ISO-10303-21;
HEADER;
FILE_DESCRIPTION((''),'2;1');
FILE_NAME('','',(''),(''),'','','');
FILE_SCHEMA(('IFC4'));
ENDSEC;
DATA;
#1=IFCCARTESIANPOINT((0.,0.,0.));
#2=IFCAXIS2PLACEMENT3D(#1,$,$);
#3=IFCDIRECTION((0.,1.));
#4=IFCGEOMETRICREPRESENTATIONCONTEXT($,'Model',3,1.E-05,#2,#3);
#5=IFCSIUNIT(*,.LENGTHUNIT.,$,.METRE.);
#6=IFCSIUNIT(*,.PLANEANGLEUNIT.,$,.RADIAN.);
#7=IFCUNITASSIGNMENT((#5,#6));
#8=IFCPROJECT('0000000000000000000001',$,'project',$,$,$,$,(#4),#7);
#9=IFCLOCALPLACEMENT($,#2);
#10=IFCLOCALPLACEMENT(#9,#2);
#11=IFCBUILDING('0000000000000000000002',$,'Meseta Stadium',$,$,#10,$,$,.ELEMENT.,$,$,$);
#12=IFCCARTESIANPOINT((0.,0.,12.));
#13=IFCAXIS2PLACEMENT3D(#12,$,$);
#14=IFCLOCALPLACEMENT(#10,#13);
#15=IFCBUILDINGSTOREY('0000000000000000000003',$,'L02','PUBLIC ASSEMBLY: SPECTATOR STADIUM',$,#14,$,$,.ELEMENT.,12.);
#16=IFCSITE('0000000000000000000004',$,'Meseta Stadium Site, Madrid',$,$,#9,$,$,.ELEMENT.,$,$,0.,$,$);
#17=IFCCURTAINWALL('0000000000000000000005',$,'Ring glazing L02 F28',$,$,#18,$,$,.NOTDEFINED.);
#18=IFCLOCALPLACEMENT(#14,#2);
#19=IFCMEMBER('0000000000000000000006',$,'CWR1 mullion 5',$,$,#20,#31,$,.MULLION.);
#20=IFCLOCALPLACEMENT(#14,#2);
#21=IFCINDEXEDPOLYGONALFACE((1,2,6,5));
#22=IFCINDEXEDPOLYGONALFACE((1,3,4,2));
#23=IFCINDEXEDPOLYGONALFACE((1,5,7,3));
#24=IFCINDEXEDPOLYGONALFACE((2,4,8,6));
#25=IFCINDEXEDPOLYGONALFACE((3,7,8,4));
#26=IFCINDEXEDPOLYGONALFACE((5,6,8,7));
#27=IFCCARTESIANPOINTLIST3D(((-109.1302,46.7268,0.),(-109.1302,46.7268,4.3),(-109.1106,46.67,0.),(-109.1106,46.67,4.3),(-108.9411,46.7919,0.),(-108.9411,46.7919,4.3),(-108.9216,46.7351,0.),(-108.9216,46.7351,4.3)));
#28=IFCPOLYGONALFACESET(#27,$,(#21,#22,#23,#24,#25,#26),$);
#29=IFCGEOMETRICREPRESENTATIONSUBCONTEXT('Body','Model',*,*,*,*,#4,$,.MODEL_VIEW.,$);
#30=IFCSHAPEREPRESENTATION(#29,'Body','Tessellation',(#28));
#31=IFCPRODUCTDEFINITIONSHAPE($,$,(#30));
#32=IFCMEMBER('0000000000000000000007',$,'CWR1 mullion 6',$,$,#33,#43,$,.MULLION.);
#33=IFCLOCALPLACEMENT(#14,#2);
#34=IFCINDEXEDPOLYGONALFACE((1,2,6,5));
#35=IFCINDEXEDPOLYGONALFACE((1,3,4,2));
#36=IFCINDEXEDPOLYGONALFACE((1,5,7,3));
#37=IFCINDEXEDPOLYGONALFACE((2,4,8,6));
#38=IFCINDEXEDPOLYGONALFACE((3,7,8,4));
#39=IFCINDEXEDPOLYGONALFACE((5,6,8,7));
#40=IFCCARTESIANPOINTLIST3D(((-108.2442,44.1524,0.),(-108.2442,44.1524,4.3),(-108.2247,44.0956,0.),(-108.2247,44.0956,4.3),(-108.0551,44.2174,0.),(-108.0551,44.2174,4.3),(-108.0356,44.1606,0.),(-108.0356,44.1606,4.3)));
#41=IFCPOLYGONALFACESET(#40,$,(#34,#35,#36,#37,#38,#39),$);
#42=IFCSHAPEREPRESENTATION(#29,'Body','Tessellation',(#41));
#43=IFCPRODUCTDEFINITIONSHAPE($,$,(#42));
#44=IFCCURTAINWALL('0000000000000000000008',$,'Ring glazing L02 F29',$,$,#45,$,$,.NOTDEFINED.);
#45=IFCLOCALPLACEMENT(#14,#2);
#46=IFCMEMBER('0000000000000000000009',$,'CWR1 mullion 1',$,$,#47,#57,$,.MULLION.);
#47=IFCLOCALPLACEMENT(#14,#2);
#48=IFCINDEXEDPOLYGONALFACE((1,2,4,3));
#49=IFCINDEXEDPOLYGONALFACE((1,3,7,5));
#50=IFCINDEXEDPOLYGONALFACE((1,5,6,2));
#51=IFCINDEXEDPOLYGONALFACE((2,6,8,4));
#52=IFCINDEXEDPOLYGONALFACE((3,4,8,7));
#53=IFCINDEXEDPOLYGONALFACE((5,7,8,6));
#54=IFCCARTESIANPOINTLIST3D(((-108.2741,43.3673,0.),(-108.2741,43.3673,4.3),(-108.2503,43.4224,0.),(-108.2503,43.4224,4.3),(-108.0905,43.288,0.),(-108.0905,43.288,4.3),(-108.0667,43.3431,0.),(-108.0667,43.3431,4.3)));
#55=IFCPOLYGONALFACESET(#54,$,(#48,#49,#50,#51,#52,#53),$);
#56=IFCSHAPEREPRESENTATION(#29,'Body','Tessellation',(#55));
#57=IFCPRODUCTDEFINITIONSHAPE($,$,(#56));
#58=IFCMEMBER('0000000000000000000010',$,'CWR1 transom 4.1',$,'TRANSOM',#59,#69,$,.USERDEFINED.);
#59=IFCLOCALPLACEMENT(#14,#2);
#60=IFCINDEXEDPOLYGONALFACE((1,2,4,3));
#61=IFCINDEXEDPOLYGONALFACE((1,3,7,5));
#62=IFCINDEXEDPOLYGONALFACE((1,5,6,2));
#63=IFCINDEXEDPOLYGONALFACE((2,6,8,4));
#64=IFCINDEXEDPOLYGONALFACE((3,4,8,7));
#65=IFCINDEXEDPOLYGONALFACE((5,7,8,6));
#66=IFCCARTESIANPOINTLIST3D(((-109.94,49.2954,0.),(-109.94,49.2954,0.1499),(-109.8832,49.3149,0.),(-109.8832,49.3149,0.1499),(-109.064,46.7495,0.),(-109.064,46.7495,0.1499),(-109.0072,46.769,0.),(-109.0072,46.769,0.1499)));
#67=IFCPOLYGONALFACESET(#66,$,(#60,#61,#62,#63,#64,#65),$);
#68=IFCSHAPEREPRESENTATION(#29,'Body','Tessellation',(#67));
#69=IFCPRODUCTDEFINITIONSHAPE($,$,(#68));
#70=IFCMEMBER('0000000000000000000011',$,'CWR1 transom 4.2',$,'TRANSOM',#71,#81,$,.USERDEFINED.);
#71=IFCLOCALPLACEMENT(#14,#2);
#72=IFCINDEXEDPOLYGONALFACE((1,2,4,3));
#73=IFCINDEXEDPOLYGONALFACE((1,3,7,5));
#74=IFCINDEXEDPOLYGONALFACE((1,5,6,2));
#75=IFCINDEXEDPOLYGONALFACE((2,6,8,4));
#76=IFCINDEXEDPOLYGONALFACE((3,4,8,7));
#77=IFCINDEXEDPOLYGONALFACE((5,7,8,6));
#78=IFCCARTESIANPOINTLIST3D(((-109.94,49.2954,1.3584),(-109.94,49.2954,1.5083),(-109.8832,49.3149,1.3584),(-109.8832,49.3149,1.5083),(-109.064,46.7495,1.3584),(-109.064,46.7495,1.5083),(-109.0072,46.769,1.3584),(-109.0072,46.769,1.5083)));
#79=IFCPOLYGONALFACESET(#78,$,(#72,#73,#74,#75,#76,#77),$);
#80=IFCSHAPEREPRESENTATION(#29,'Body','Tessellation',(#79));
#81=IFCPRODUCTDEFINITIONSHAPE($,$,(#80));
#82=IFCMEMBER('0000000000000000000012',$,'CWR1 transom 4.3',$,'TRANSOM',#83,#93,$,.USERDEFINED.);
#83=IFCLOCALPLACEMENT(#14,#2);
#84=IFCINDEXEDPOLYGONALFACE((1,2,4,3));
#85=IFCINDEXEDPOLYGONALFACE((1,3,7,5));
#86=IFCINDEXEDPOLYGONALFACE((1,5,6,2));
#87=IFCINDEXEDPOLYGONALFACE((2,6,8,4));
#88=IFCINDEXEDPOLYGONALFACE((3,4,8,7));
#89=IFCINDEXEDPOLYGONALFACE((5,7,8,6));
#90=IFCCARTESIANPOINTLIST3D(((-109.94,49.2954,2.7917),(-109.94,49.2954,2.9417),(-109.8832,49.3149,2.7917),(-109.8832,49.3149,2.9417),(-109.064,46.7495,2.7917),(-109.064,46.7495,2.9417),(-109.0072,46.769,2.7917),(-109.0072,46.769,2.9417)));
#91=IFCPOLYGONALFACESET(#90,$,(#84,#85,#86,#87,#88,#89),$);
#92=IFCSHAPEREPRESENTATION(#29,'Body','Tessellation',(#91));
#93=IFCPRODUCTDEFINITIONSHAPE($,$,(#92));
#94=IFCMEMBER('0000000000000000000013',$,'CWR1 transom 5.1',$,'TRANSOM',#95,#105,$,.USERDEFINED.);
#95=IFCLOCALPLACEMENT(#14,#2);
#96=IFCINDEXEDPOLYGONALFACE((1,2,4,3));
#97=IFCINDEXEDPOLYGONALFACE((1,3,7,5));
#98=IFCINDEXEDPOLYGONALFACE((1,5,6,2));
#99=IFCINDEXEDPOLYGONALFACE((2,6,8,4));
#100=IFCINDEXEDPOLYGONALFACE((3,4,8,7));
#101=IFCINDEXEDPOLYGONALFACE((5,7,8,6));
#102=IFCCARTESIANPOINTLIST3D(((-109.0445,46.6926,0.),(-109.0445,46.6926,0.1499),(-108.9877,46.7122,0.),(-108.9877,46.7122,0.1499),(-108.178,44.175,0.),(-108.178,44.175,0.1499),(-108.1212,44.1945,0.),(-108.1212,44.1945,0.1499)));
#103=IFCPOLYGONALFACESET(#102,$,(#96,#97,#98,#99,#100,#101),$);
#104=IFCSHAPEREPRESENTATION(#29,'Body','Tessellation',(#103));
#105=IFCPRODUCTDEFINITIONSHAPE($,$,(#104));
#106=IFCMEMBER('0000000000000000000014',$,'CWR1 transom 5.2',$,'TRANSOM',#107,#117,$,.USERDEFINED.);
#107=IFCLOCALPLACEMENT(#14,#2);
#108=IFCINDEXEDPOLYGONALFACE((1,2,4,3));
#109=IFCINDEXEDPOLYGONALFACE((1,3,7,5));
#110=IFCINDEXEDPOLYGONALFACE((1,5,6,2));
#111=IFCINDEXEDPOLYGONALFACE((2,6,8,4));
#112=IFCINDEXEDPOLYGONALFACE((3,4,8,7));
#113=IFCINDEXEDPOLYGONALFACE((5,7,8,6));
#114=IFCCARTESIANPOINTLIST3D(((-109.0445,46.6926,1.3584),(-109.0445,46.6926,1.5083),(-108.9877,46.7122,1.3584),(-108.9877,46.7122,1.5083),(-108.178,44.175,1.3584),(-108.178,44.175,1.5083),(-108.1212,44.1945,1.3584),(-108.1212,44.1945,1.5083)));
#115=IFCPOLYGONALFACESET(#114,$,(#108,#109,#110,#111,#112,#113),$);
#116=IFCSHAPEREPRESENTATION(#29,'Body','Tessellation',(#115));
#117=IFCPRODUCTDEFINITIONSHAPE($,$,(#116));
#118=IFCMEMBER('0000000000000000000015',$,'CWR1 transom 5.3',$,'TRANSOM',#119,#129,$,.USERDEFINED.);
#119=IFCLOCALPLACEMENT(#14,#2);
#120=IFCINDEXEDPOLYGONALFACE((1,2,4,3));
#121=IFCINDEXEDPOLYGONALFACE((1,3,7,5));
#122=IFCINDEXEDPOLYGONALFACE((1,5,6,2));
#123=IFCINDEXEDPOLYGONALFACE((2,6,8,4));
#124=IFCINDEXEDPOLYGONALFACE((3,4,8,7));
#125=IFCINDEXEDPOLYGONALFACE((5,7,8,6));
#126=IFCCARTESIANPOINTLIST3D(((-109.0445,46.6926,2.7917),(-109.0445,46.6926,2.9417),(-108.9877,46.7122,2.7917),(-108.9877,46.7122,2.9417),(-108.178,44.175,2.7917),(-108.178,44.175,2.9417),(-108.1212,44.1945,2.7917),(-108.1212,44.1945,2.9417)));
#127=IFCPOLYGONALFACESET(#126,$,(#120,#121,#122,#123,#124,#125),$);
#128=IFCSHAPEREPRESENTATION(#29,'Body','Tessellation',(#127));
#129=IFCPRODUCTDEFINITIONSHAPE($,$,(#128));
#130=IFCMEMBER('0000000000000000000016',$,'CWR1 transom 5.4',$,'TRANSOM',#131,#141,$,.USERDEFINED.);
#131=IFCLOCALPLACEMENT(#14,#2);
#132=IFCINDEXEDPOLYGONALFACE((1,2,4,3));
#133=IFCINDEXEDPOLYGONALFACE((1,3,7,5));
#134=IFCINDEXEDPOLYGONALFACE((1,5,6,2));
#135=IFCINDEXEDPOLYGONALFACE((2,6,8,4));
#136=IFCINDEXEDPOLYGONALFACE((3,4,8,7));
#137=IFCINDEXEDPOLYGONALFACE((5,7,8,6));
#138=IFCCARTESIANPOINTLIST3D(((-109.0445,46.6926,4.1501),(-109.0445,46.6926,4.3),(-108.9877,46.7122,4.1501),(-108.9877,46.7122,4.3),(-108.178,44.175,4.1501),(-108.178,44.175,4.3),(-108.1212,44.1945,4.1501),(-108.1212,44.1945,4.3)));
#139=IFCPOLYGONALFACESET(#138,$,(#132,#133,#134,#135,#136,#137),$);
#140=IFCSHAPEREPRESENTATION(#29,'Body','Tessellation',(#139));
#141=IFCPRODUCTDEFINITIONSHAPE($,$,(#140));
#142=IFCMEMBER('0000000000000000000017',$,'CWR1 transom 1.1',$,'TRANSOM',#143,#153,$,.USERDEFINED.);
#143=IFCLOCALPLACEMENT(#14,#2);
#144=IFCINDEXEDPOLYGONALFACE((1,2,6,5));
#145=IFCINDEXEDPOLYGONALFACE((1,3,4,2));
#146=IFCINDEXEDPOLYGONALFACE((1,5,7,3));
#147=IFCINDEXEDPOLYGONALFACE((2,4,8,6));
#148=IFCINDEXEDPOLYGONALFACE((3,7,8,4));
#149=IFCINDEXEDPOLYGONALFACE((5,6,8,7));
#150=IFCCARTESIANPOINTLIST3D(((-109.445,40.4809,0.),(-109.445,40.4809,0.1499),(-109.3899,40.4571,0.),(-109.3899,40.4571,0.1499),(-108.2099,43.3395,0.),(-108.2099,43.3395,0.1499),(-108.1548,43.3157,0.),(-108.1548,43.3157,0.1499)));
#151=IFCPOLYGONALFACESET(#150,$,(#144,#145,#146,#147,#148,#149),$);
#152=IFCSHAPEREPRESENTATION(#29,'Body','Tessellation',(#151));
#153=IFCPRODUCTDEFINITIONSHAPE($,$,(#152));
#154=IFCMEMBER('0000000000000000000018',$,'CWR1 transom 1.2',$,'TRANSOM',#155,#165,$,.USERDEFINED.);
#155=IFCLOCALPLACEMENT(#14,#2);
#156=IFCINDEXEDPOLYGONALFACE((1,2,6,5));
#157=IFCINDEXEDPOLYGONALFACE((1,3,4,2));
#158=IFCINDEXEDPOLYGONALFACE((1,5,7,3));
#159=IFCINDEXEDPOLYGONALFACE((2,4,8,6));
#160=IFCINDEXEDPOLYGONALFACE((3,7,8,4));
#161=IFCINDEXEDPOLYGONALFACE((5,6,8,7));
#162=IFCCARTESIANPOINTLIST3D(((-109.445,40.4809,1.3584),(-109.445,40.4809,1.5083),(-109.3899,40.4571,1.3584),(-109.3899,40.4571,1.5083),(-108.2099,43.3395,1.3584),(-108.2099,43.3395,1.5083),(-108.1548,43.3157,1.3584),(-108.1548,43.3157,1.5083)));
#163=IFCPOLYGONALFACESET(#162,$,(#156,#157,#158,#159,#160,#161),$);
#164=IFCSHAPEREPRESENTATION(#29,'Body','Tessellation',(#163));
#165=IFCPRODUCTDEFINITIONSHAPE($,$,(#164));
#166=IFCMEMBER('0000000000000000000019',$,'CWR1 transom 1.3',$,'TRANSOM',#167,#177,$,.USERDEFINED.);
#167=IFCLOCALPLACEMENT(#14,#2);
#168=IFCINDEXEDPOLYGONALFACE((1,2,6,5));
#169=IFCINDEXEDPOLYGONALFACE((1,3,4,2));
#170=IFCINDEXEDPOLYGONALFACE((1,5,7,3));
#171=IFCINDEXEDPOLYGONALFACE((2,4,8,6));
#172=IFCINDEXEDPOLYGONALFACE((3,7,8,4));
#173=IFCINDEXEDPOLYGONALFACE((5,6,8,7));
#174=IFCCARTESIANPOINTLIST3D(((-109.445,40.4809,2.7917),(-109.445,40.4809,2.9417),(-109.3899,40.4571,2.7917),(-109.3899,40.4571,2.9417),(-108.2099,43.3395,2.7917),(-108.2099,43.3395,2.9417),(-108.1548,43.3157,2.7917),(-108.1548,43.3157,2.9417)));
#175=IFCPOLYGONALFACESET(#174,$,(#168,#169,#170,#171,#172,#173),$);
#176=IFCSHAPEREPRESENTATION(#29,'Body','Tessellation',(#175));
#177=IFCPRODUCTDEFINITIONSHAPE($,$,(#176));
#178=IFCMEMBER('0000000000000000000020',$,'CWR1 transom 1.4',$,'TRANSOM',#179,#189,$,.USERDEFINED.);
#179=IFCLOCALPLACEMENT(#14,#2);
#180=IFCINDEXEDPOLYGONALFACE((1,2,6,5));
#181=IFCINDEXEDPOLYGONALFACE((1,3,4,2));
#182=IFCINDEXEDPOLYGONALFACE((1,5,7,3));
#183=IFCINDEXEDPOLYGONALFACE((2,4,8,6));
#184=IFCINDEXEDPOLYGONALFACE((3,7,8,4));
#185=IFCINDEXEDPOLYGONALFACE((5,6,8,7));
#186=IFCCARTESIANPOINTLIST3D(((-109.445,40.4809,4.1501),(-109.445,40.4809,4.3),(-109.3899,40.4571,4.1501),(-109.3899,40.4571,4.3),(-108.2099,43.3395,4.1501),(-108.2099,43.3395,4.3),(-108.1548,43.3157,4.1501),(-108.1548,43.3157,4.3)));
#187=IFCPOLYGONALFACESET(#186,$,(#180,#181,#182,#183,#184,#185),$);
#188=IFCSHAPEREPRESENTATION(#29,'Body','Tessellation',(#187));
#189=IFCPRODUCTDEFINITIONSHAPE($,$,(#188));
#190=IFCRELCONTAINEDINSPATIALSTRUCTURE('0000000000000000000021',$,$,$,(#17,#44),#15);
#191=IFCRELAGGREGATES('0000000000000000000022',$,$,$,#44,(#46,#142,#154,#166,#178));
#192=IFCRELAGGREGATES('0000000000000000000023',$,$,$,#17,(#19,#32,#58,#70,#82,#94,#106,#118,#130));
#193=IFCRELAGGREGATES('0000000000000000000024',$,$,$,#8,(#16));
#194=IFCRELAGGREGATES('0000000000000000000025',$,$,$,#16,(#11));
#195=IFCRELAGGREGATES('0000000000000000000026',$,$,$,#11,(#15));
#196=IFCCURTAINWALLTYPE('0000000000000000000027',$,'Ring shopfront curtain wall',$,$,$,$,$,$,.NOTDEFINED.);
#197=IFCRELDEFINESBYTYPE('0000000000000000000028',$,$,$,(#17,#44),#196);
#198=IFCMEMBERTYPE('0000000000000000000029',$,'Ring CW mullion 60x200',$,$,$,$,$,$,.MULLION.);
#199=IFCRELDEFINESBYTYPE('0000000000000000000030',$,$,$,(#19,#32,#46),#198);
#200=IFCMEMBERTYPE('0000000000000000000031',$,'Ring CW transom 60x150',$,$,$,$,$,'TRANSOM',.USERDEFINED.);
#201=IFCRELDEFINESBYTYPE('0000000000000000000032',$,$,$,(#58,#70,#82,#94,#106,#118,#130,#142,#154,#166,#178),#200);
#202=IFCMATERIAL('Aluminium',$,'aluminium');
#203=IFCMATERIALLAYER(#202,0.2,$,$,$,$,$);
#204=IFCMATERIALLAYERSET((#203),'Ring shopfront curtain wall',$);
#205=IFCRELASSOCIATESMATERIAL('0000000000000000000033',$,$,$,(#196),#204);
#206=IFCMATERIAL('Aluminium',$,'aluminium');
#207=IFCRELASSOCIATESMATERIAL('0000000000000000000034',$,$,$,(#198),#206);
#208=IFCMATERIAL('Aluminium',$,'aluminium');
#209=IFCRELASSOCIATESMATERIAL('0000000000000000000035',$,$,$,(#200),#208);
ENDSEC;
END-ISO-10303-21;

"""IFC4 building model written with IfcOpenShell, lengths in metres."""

from ifc_helpers import new_model, si_unit, direction, frame, origin, origin_2d, place, context, subcontext, project, spatial, rectangle, extrude, material, layer, layer_set, material_profile, profile_set, type_object, element, aggregate, save


model = new_model("IFC4")

# Units and contexts
model_context = context("Model", 3, precision=1e-05, world=origin(), true_north=direction((0.0, 1.0)))
body_context = subcontext(model_context, "Body", "Model", "MODEL_VIEW")
ifc_project = project(units=[si_unit("LENGTHUNIT", "METRE"), si_unit("PLANEANGLEUNIT", "RADIAN")], contexts=[model_context])

# Site, building, storey
site_placement = place(None, origin())
site = spatial("IfcSite", under=ifc_project, at=site_placement, Name="Meseta Stadium Site, Madrid", CompositionType="ELEMENT", RefElevation=0.0)
building_placement = place(site_placement, origin())
building = spatial("IfcBuilding", under=site, at=building_placement, Name="Meseta Stadium", CompositionType="ELEMENT")
storey_placement = place(building_placement, frame((0.0, 0.0, 12.0)))
storey = spatial("IfcBuildingStorey", under=building, at=storey_placement, Name="L02", Description="PUBLIC ASSEMBLY: SPECTATOR STADIUM", CompositionType="ELEMENT", Elevation=12.0)

# Curtain wall, members
ifc_material_1 = material(Name="Aluminium", Category="aluminium")
ifc_layer_1 = layer(ifc_material_1, 0.2)
ifc_layer_set_1 = layer_set([ifc_layer_1], Name="Ring shopfront curtain wall")
curtain_wall_type = type_object("IfcCurtainWallType", Name="Ring shopfront curtain wall", PredefinedType="NOTDEFINED", material=ifc_layer_set_1)
curtain_wall_1_placement = place(storey_placement, origin())
curtain_wall_1 = element("IfcCurtainWall", 1, at=curtain_wall_1_placement, inside=storey, type_object=curtain_wall_type, Name="Ring glazing L02 F28", PredefinedType="NOTDEFINED")
ifc_material_2 = material(Name="Aluminium", Category="aluminium")
ifc_material_profile_1 = material_profile(ifc_material_2, rectangle(XDim=0.2, YDim=0.0601, at=origin_2d()), Name="CW 200x60")
ifc_profile_set_1 = profile_set([ifc_material_profile_1], Name="Aluminium")
member_type_1 = type_object("IfcMemberType", Name="Ring CW mullion 60x200", PredefinedType="MULLION", material=ifc_profile_set_1)
member_1_placement = place(storey_placement, frame((-109.0259, 46.731, 0.0), z_axis=(0.0, 0.0, 1.0), x_axis=(0.945581, 0.325386, 0.0)))
member_1 = element("IfcMember", 2, at=member_1_placement, type_object=member_type_1, Name="CWR1 mullion 5", PredefinedType="MULLION", context=body_context, shape_type="SweptSolid", body=[
    extrude(rectangle(XDim=0.2, YDim=0.0601, at=origin_2d()), origin(), (0.0, 0.0, 1.0), 4.3),
])
member_2_placement = place(storey_placement, frame((-108.1399, 44.1565, 0.0), z_axis=(0.0, 0.0, 1.0), x_axis=(0.945581, 0.325386, 0.0)))
member_2 = element("IfcMember", 3, at=member_2_placement, type_object=member_type_1, Name="CWR1 mullion 6", PredefinedType="MULLION", context=body_context, shape_type="SweptSolid", body=[
    extrude(rectangle(XDim=0.2, YDim=0.0601, at=origin_2d()), origin(), (0.0, 0.0, 1.0), 4.3),
])

# Curtain wall, member
curtain_wall_2_placement = place(storey_placement, origin())
curtain_wall_2 = element("IfcCurtainWall", 4, at=curtain_wall_2_placement, inside=storey, type_object=curtain_wall_type, Name="Ring glazing L02 F29", PredefinedType="NOTDEFINED")
member_3_placement = place(storey_placement, frame((-108.1704, 43.3552, 0.0), z_axis=(0.0, 0.0, 1.0), x_axis=(0.918, -0.396581, 0.0)))
member_3 = element("IfcMember", 5, at=member_3_placement, type_object=member_type_1, Name="CWR1 mullion 1", PredefinedType="MULLION", context=body_context, shape_type="SweptSolid", body=[
    extrude(rectangle(XDim=0.2, YDim=0.0601, at=origin_2d()), origin(), (0.0, 0.0, 1.0), 4.3),
])

# Members
ifc_material_3 = material(Name="Aluminium", Category="aluminium")
ifc_material_profile_2 = material_profile(ifc_material_3, rectangle(XDim=0.0601, YDim=0.1499, at=origin_2d()), Name="CW 60x150")
ifc_profile_set_2 = profile_set([ifc_material_profile_2], Name="Aluminium")
member_type_2 = type_object("IfcMemberType", Name="Ring CW transom 60x150", ElementType="TRANSOM", PredefinedType="USERDEFINED", material=ifc_profile_set_2)
member_4_placement = place(storey_placement, frame((-109.9116, 49.3052, 0.075), z_axis=(0.325353, -0.945592, 0.0), x_axis=(0.945592, 0.325353, 0.0)))
member_4 = element("IfcMember", 6, at=member_4_placement, type_object=member_type_2, Name="CWR1 transom 4.1", ObjectType="TRANSOM", PredefinedType="USERDEFINED", context=body_context, shape_type="SweptSolid", body=[
    extrude(rectangle(XDim=0.0601, YDim=0.1499, at=origin_2d()), origin(), (0.0, 0.0, 1.0), 2.6924),
])
member_5_placement = place(storey_placement, frame((-109.9116, 49.3052, 1.4333), z_axis=(0.325353, -0.945592, 0.0), x_axis=(0.945592, 0.325353, 0.0)))
member_5 = element("IfcMember", 7, at=member_5_placement, type_object=member_type_2, Name="CWR1 transom 4.2", ObjectType="TRANSOM", PredefinedType="USERDEFINED", context=body_context, shape_type="SweptSolid", body=[
    extrude(rectangle(XDim=0.0601, YDim=0.1499, at=origin_2d()), origin(), (0.0, 0.0, 1.0), 2.6924),
])
member_6_placement = place(storey_placement, frame((-109.9116, 49.3052, 2.8667), z_axis=(0.325353, -0.945592, 0.0), x_axis=(0.945592, 0.325353, 0.0)))
member_6 = element("IfcMember", 8, at=member_6_placement, type_object=member_type_2, Name="CWR1 transom 4.3", ObjectType="TRANSOM", PredefinedType="USERDEFINED", context=body_context, shape_type="SweptSolid", body=[
    extrude(rectangle(XDim=0.0601, YDim=0.1499, at=origin_2d()), origin(), (0.0, 0.0, 1.0), 2.6924),
])
member_7_placement = place(storey_placement, frame((-109.0161, 46.7024, 0.075), z_axis=(0.325428, -0.945567, 0.0), x_axis=(0.945567, 0.325428, 0.0)))
member_7 = element("IfcMember", 9, at=member_7_placement, type_object=member_type_2, Name="CWR1 transom 5.1", ObjectType="TRANSOM", PredefinedType="USERDEFINED", context=body_context, shape_type="SweptSolid", body=[
    extrude(rectangle(XDim=0.0601, YDim=0.1499, at=origin_2d()), origin(), (0.0, 0.0, 1.0), 2.6626),
])
member_8_placement = place(storey_placement, frame((-109.0161, 46.7024, 1.4333), z_axis=(0.325428, -0.945567, 0.0), x_axis=(0.945567, 0.325428, 0.0)))
member_8 = element("IfcMember", 10, at=member_8_placement, type_object=member_type_2, Name="CWR1 transom 5.2", ObjectType="TRANSOM", PredefinedType="USERDEFINED", context=body_context, shape_type="SweptSolid", body=[
    extrude(rectangle(XDim=0.0601, YDim=0.1499, at=origin_2d()), origin(), (0.0, 0.0, 1.0), 2.6626),
])
member_9_placement = place(storey_placement, frame((-109.0161, 46.7024, 2.8667), z_axis=(0.325428, -0.945567, 0.0), x_axis=(0.945567, 0.325428, 0.0)))
member_9 = element("IfcMember", 11, at=member_9_placement, type_object=member_type_2, Name="CWR1 transom 5.3", ObjectType="TRANSOM", PredefinedType="USERDEFINED", context=body_context, shape_type="SweptSolid", body=[
    extrude(rectangle(XDim=0.0601, YDim=0.1499, at=origin_2d()), origin(), (0.0, 0.0, 1.0), 2.6626),
])
member_10_placement = place(storey_placement, frame((-109.0161, 46.7024, 4.2251), z_axis=(0.325428, -0.945567, 0.0), x_axis=(0.945567, 0.325428, 0.0)))
member_10 = element("IfcMember", 12, at=member_10_placement, type_object=member_type_2, Name="CWR1 transom 5.4", ObjectType="TRANSOM", PredefinedType="USERDEFINED", context=body_context, shape_type="SweptSolid", body=[
    extrude(rectangle(XDim=0.0601, YDim=0.1499, at=origin_2d()), origin(), (0.0, 0.0, 1.0), 2.6626),
])
member_11_placement = place(storey_placement, frame((-108.1824, 43.3276, 0.075), z_axis=(-0.396624, -0.917981, 0.0), x_axis=(0.917981, -0.396624, 0.0)))
member_11 = element("IfcMember", 13, at=member_11_placement, type_object=member_type_2, Name="CWR1 transom 1.1", ObjectType="TRANSOM", PredefinedType="USERDEFINED", context=body_context, shape_type="SweptSolid", body=[
    extrude(rectangle(XDim=0.0601, YDim=0.1499, at=origin_2d()), origin(), (0.0, 0.0, 1.0), 3.114),
])
member_12_placement = place(storey_placement, frame((-108.1824, 43.3276, 1.4333), z_axis=(-0.396624, -0.917981, 0.0), x_axis=(0.917981, -0.396624, 0.0)))
member_12 = element("IfcMember", 14, at=member_12_placement, type_object=member_type_2, Name="CWR1 transom 1.2", ObjectType="TRANSOM", PredefinedType="USERDEFINED", context=body_context, shape_type="SweptSolid", body=[
    extrude(rectangle(XDim=0.0601, YDim=0.1499, at=origin_2d()), origin(), (0.0, 0.0, 1.0), 3.114),
])
member_13_placement = place(storey_placement, frame((-108.1824, 43.3276, 2.8667), z_axis=(-0.396624, -0.917981, 0.0), x_axis=(0.917981, -0.396624, 0.0)))
member_13 = element("IfcMember", 15, at=member_13_placement, type_object=member_type_2, Name="CWR1 transom 1.3", ObjectType="TRANSOM", PredefinedType="USERDEFINED", context=body_context, shape_type="SweptSolid", body=[
    extrude(rectangle(XDim=0.0601, YDim=0.1499, at=origin_2d()), origin(), (0.0, 0.0, 1.0), 3.114),
])
member_14_placement = place(storey_placement, frame((-108.1824, 43.3276, 4.2251), z_axis=(-0.396624, -0.917981, 0.0), x_axis=(0.917981, -0.396624, 0.0)))
member_14 = element("IfcMember", 16, at=member_14_placement, type_object=member_type_2, Name="CWR1 transom 1.4", ObjectType="TRANSOM", PredefinedType="USERDEFINED", context=body_context, shape_type="SweptSolid", body=[
    extrude(rectangle(XDim=0.0601, YDim=0.1499, at=origin_2d()), origin(), (0.0, 0.0, 1.0), 3.114),
])
aggregate(curtain_wall_2, [member_3, member_11, member_12, member_13, member_14])

aggregate(curtain_wall_1, [member_1, member_2, member_4, member_5, member_6, member_7, member_8, member_9, member_10])

save(model, "model.ifc")
